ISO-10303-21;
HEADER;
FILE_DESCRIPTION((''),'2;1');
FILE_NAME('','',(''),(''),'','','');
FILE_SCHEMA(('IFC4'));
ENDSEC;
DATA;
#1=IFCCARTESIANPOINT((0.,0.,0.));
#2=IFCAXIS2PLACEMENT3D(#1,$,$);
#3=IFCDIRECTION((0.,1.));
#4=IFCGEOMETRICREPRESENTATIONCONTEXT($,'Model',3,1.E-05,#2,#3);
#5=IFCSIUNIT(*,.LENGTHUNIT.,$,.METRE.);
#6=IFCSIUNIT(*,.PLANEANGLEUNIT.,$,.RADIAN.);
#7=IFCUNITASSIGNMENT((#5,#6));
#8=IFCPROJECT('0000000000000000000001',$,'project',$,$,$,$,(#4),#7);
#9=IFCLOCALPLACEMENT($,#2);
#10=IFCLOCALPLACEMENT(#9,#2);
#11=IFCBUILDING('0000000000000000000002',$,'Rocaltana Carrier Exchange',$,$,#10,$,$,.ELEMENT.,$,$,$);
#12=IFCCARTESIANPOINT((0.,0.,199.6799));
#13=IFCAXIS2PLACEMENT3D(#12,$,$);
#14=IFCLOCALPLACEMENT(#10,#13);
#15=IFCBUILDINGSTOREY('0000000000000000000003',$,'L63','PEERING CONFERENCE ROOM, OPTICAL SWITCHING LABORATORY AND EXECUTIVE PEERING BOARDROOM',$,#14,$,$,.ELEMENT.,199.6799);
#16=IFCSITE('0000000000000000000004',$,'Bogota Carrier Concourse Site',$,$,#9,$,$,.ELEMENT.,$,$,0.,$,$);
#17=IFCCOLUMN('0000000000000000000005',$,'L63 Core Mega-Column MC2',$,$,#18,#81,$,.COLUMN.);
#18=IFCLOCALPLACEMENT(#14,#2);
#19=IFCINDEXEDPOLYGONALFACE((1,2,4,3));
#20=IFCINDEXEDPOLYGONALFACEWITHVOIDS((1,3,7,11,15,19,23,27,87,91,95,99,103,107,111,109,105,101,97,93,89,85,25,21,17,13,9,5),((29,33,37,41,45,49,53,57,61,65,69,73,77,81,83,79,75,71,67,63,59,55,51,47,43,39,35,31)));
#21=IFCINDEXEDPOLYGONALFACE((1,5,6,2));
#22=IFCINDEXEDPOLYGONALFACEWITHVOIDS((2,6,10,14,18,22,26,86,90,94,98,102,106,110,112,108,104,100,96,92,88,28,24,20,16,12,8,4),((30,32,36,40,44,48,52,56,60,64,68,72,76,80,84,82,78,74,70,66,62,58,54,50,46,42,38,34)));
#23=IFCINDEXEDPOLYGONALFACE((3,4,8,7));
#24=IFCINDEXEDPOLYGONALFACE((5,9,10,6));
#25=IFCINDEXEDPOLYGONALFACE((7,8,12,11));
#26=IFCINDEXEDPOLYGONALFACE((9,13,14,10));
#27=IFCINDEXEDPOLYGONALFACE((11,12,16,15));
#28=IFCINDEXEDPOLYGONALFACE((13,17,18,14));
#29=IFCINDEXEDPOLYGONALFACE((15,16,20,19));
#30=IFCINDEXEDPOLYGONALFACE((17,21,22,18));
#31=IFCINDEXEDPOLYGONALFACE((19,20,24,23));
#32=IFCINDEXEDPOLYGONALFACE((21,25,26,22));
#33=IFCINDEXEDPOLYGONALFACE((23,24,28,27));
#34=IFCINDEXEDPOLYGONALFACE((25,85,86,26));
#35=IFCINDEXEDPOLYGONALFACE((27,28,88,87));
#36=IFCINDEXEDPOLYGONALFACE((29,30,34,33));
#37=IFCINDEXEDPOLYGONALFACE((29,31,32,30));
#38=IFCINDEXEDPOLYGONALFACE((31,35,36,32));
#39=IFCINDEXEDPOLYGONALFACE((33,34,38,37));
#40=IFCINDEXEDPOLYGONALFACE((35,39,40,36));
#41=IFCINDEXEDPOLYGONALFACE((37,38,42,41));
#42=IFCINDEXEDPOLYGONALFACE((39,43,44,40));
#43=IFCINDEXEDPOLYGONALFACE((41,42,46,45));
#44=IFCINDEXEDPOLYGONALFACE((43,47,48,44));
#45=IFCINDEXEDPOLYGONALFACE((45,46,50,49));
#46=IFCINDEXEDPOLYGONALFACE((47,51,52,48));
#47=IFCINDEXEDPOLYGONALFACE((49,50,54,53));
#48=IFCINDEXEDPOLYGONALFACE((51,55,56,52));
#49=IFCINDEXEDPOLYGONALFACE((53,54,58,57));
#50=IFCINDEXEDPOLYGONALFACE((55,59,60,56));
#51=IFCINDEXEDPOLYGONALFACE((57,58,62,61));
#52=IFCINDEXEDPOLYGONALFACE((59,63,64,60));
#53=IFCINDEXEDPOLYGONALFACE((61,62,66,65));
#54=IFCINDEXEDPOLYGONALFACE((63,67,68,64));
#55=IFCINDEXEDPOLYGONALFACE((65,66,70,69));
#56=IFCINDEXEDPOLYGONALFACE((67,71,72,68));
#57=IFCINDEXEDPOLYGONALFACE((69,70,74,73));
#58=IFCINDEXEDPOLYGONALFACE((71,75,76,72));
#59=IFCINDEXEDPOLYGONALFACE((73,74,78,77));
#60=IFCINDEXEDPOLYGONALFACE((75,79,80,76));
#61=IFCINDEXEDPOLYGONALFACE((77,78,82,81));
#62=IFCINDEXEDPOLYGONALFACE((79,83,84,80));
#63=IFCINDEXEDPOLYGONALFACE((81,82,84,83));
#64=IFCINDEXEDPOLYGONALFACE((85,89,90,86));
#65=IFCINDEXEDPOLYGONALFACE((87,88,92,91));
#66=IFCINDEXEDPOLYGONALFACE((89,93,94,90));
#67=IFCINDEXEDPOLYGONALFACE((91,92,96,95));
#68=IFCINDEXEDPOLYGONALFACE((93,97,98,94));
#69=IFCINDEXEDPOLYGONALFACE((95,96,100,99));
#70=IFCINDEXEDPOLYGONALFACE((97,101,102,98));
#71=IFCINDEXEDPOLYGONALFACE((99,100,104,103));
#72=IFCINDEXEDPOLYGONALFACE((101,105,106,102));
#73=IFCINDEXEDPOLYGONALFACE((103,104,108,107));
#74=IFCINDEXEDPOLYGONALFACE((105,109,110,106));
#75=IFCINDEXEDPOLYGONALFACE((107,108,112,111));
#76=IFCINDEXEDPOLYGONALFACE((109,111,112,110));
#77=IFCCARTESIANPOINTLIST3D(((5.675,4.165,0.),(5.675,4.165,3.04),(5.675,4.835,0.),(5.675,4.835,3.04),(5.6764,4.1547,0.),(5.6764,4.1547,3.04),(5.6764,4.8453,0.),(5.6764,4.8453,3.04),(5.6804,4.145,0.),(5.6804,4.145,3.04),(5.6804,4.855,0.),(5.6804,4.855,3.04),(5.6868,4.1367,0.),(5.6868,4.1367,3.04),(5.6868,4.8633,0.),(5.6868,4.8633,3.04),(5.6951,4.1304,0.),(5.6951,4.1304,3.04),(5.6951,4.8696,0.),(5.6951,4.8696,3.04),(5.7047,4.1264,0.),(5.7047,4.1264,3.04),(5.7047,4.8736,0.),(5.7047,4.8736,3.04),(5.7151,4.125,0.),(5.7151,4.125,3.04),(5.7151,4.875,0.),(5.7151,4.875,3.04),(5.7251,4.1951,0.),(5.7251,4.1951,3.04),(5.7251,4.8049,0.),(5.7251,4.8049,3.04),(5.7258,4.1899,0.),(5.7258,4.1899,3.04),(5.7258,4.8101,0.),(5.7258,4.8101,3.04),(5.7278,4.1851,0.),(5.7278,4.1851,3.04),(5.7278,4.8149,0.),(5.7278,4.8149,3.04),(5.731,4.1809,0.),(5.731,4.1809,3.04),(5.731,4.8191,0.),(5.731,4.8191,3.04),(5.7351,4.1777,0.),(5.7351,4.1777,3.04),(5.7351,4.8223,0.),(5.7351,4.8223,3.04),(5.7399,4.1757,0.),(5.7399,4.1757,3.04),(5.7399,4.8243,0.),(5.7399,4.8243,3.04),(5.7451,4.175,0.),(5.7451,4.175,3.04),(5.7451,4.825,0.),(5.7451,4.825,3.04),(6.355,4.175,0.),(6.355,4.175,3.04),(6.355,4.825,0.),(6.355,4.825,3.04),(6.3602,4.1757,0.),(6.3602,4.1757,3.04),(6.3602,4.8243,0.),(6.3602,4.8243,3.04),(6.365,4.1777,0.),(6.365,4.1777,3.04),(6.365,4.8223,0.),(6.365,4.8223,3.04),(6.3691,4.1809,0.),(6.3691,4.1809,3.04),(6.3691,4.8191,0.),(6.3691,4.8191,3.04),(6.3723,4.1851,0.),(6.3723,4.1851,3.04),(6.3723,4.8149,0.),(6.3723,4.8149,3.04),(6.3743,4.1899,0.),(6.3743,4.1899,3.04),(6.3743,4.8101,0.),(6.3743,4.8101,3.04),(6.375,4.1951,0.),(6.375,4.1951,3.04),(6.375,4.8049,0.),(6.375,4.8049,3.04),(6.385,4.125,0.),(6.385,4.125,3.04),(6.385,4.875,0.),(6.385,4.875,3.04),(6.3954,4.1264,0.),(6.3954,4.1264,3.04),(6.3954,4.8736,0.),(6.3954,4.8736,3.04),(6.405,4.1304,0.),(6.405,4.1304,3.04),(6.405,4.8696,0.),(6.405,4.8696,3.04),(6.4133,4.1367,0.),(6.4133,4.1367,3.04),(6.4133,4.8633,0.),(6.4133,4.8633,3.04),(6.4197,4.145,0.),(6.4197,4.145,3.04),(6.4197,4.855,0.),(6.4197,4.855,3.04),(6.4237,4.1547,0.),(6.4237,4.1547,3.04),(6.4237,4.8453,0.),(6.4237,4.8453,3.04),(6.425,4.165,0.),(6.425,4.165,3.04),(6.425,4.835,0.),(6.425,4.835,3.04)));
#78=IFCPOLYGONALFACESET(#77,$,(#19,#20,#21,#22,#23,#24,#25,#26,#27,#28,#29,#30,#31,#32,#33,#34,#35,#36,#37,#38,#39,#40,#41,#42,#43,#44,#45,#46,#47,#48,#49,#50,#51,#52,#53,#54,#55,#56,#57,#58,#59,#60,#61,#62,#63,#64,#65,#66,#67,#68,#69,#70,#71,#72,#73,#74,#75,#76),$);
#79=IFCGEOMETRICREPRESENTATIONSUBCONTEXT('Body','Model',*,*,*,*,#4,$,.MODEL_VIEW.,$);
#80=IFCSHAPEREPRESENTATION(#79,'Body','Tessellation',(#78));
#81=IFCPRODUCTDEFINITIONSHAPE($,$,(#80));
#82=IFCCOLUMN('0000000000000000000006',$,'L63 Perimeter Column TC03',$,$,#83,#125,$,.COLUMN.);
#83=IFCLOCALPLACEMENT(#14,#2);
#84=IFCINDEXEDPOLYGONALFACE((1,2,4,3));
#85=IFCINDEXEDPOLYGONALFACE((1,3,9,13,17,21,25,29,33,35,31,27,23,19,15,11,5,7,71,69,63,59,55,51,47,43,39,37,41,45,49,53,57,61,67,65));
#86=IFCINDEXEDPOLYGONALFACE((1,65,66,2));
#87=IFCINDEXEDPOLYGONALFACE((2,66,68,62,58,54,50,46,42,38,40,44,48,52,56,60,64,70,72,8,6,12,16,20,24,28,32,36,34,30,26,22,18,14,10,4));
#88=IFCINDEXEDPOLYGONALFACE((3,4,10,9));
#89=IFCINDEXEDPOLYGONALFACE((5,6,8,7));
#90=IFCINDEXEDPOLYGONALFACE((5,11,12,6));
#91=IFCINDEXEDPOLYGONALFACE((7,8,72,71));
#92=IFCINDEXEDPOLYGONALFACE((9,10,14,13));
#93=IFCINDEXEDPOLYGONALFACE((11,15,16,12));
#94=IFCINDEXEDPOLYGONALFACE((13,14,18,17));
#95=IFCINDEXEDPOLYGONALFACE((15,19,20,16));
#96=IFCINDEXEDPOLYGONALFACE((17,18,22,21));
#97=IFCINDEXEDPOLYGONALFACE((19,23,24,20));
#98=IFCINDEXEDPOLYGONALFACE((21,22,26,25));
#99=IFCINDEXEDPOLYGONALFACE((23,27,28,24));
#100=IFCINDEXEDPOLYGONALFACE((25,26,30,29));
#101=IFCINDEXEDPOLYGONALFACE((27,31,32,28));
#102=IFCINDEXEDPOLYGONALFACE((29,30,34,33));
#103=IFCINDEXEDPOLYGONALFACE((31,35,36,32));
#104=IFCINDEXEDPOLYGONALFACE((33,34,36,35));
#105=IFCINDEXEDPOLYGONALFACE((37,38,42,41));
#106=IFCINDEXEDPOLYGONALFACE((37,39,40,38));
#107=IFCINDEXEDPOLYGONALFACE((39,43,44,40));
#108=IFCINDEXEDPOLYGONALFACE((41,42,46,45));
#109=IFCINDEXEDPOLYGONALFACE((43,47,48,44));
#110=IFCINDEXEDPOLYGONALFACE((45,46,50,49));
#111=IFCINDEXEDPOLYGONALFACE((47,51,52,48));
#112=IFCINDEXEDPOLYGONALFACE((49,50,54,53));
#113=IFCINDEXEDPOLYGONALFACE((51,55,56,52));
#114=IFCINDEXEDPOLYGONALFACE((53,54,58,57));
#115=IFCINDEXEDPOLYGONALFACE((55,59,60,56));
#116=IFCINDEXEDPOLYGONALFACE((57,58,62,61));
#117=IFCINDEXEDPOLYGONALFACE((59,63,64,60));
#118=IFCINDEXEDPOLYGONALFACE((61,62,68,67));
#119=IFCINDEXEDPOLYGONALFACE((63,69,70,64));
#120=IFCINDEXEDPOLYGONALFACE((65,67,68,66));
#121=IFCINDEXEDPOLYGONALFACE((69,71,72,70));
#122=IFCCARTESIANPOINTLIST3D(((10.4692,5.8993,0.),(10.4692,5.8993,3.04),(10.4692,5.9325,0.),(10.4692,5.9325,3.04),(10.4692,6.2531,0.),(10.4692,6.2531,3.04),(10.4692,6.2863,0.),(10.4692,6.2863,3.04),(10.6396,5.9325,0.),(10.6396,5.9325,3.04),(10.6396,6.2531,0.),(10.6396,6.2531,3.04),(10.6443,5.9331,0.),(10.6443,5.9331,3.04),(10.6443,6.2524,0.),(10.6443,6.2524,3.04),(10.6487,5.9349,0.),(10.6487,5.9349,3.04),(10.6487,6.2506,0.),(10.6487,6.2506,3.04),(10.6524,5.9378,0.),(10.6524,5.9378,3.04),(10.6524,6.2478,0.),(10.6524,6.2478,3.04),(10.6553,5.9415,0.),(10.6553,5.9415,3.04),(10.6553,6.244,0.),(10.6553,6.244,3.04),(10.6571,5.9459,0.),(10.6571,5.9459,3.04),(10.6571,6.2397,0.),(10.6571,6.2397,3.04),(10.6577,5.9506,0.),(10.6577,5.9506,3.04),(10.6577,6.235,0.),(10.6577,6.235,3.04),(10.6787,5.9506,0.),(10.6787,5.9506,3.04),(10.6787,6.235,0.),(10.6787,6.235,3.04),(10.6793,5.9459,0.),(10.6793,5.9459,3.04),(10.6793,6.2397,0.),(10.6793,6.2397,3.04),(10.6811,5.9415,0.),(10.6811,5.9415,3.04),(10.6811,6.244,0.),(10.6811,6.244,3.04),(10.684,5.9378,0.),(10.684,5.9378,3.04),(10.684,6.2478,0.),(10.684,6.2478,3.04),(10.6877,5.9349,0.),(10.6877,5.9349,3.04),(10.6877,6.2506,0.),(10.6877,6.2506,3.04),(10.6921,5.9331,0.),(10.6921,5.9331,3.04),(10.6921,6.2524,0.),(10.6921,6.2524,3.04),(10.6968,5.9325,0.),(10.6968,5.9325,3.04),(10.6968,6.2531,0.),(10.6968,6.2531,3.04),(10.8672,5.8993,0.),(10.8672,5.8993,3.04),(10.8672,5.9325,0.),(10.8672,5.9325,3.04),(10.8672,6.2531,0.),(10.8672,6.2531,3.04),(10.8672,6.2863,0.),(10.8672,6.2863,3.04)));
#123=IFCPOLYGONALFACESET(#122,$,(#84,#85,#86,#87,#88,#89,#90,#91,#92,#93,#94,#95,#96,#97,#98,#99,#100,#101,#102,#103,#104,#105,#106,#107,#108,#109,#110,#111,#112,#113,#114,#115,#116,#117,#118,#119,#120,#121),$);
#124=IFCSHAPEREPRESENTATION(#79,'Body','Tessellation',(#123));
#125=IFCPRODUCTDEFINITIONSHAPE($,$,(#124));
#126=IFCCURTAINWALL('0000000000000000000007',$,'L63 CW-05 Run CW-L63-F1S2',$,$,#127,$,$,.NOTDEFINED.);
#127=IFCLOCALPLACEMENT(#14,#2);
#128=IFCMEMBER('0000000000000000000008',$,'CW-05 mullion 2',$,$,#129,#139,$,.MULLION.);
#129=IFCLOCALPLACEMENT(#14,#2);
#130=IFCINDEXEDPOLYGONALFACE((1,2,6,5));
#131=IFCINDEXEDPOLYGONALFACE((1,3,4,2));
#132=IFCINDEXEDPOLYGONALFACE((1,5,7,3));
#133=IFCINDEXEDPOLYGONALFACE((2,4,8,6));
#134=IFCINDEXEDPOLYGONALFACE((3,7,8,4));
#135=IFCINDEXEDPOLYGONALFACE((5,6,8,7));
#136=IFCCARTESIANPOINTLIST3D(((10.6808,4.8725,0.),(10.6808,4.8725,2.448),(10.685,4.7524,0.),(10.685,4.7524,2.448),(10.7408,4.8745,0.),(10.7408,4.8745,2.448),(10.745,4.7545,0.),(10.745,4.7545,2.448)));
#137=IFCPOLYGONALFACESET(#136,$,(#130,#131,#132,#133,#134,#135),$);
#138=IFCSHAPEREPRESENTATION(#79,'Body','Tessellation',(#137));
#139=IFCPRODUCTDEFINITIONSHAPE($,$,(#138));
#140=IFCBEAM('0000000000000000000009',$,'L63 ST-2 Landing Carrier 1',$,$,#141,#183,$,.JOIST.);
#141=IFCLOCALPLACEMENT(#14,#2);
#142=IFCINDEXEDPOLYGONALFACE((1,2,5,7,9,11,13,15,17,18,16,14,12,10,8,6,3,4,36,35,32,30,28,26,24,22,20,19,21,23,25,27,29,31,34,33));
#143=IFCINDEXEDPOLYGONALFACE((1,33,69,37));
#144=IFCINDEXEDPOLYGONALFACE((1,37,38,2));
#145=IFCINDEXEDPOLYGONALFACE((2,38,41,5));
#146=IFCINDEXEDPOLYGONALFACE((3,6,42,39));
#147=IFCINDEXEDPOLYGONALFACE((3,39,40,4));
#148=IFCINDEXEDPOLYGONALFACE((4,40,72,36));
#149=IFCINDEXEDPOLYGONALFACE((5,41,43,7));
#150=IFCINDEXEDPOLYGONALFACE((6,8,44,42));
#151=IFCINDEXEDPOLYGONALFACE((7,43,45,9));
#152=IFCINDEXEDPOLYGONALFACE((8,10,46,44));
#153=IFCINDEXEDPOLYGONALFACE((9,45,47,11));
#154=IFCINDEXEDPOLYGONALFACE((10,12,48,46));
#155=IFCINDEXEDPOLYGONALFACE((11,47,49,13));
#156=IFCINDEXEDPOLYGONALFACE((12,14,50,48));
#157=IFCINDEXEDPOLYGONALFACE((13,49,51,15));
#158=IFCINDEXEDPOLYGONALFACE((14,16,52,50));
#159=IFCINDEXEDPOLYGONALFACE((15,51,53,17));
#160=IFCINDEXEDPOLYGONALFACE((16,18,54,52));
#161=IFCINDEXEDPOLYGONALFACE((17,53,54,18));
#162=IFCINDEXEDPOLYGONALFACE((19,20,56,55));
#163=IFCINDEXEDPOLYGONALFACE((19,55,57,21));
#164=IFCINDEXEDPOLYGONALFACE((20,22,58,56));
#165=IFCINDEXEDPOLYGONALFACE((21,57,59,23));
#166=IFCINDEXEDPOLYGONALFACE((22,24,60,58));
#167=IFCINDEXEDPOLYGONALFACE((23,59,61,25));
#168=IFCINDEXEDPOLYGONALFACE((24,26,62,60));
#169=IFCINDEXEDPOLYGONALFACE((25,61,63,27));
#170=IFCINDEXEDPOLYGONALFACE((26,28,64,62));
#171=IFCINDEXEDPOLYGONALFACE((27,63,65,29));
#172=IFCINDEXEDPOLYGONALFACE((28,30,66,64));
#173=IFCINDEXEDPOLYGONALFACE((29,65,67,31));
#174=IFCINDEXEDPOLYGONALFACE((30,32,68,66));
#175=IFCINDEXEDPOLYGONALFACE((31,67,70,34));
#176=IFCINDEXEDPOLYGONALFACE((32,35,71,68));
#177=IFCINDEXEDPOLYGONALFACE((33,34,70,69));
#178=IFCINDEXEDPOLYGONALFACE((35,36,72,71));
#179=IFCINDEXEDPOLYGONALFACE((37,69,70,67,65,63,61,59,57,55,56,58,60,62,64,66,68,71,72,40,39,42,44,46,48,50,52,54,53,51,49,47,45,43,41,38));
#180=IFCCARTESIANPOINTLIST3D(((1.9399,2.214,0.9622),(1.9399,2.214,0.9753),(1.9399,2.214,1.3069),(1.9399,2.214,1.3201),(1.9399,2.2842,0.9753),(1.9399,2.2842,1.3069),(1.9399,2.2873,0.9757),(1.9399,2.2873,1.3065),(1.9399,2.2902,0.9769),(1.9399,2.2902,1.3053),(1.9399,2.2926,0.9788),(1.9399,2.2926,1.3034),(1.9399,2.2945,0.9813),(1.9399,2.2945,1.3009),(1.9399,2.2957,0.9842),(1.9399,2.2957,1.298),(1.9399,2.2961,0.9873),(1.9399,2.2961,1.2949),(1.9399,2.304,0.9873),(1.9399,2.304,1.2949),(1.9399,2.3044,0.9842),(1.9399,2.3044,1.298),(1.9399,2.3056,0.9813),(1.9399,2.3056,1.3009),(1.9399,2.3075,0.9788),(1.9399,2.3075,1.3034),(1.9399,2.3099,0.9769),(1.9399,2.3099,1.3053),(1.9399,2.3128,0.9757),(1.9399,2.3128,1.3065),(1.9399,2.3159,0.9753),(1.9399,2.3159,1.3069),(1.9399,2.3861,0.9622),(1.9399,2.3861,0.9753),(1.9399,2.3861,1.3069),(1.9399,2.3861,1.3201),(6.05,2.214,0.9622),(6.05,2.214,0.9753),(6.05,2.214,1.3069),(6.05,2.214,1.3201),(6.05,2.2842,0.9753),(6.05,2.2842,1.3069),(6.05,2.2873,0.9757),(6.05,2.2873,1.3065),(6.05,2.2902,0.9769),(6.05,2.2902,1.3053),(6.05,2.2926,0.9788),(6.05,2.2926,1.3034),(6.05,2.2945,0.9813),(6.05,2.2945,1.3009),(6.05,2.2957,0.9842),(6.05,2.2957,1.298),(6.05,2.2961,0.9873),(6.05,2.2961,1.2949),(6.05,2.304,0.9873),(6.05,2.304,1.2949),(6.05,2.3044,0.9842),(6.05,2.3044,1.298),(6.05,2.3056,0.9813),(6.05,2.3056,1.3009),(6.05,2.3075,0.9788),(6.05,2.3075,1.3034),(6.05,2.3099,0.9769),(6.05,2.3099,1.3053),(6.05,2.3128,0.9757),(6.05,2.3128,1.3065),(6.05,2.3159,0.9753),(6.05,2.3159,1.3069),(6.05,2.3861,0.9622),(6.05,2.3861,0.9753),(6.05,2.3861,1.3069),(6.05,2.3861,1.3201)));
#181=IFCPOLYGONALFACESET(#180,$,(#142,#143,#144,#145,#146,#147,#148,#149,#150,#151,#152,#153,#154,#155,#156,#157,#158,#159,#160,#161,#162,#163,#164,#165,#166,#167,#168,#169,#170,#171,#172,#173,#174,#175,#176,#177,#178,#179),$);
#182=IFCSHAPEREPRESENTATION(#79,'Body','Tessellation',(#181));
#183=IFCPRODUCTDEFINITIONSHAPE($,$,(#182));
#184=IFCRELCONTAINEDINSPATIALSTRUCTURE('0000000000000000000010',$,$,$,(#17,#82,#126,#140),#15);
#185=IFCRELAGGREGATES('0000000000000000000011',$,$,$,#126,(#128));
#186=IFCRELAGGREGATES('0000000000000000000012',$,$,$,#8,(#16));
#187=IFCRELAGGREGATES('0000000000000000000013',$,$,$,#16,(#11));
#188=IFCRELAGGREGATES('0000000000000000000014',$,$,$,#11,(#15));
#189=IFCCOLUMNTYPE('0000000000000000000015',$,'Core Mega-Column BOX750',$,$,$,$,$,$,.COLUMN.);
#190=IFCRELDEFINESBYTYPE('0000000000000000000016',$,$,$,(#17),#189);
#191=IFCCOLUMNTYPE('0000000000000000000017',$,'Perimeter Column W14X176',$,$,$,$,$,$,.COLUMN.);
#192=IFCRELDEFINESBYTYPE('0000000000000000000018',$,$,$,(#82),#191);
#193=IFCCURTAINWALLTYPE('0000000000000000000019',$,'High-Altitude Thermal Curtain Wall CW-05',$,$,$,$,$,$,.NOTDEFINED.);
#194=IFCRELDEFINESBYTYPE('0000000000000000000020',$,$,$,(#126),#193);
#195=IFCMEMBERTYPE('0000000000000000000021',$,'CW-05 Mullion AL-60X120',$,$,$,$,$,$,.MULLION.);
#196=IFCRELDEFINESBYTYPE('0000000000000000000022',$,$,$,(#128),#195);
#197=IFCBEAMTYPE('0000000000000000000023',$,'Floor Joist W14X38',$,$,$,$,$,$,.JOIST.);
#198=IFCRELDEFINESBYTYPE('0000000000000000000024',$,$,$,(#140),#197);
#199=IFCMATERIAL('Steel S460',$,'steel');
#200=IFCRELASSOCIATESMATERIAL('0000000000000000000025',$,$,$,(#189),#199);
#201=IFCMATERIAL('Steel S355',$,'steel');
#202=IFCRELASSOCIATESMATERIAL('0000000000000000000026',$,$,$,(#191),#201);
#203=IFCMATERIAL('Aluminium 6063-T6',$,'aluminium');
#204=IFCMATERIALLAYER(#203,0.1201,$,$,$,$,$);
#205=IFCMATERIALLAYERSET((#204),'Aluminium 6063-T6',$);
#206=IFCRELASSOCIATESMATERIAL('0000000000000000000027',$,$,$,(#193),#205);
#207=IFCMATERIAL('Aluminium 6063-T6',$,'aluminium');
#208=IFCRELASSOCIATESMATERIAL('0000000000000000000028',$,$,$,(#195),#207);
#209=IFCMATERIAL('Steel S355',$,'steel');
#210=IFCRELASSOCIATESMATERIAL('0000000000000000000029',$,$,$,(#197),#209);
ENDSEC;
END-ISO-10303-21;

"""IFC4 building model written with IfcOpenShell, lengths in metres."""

from ifc_helpers import new_model, si_unit, direction, frame, origin, origin_2d, place, context, subcontext, project, spatial, rectangle, hollow_rectangle, i_section, extrude, material, layer, layer_set, material_profile, profile_set, type_object, element, aggregate, save


model = new_model("IFC4")

# Units and contexts
model_context = context("Model", 3, precision=1e-05, world=origin(), true_north=direction((0.0, 1.0)))
body_context = subcontext(model_context, "Body", "Model", "MODEL_VIEW")
ifc_project = project(units=[si_unit("LENGTHUNIT", "METRE"), si_unit("PLANEANGLEUNIT", "RADIAN")], contexts=[model_context])

# Site, building, storey
site_placement = place(None, origin())
site = spatial("IfcSite", under=ifc_project, at=site_placement, Name="Bogota Carrier Concourse Site", CompositionType="ELEMENT", RefElevation=0.0)
building_placement = place(site_placement, origin())
building = spatial("IfcBuilding", under=site, at=building_placement, Name="Rocaltana Carrier Exchange", CompositionType="ELEMENT")
storey_placement = place(building_placement, frame((0.0, 0.0, 199.6799)))
storey = spatial("IfcBuildingStorey", under=building, at=storey_placement, Name="L63", Description="PEERING CONFERENCE ROOM, OPTICAL SWITCHING LABORATORY AND EXECUTIVE PEERING BOARDROOM", CompositionType="ELEMENT", Elevation=199.6799)

# Columns
ifc_material_1 = material(Name="Steel S460", Category="steel")
ifc_material_profile_1 = material_profile(ifc_material_1, hollow_rectangle(XDim=0.75, YDim=0.75, WallThickness=0.05, InnerFilletRadius=0.02, OuterFilletRadius=0.04, at=origin_2d()), Name="BOX750X750X50")
ifc_profile_set_1 = profile_set([ifc_material_profile_1], Name="Steel S460")
column_type_1 = type_object("IfcColumnType", Name="Core Mega-Column BOX750", PredefinedType="COLUMN", material=ifc_profile_set_1)
column_1_placement = place(storey_placement, frame((6.05, 4.5, 0.0), z_axis=(0.0, 0.0, 1.0), x_axis=(1.0, 0.0, 0.0)))
element("IfcColumn", 1, at=column_1_placement, inside=storey, type_object=column_type_1, Name="L63 Core Mega-Column MC2", PredefinedType="COLUMN", context=body_context, shape_type="SweptSolid", body=[
    extrude(hollow_rectangle(XDim=0.75, YDim=0.75, WallThickness=0.05, InnerFilletRadius=0.02, OuterFilletRadius=0.04, at=origin_2d()), origin(), (0.0, 0.0, 1.0), 3.04),
])
ifc_material_2 = material(Name="Steel S355", Category="steel")
ifc_material_profile_2 = material_profile(ifc_material_2, i_section(OverallWidth=0.3979, OverallDepth=0.387, WebThickness=0.021, FlangeThickness=0.0332, FilletRadius=0.0181, at=origin_2d()), Name="W14X176")
ifc_profile_set_2 = profile_set([ifc_material_profile_2], Name="Steel S355")
column_type_2 = type_object("IfcColumnType", Name="Perimeter Column W14X176", PredefinedType="COLUMN", material=ifc_profile_set_2)
column_2_placement = place(storey_placement, frame((10.6682, 6.0928, 0.0), z_axis=(0.0, 0.0, 1.0), x_axis=(1.0, 0.0, 0.0)))
element("IfcColumn", 2, at=column_2_placement, inside=storey, type_object=column_type_2, Name="L63 Perimeter Column TC03", PredefinedType="COLUMN", context=body_context, shape_type="SweptSolid", body=[
    extrude(i_section(OverallWidth=0.3979, OverallDepth=0.387, WebThickness=0.021, FlangeThickness=0.0332, FilletRadius=0.0181, at=origin_2d()), origin(), (0.0, 0.0, 1.0), 3.04),
])

# Curtain wall, member
ifc_material_3 = material(Name="Aluminium 6063-T6", Category="aluminium")
ifc_layer_1 = layer(ifc_material_3, 0.1201)
ifc_layer_set_1 = layer_set([ifc_layer_1], Name="Aluminium 6063-T6")
curtain_wall_type = type_object("IfcCurtainWallType", Name="High-Altitude Thermal Curtain Wall CW-05", PredefinedType="NOTDEFINED", material=ifc_layer_set_1)
curtain_wall_placement = place(storey_placement, origin())
curtain_wall = element("IfcCurtainWall", 3, at=curtain_wall_placement, inside=storey, type_object=curtain_wall_type, Name="L63 CW-05 Run CW-L63-F1S2", PredefinedType="NOTDEFINED")
ifc_material_4 = material(Name="Aluminium 6063-T6", Category="aluminium")
ifc_material_profile_3 = material_profile(ifc_material_4, rectangle(XDim=0.0601, YDim=0.1201, at=origin_2d()), Name="AL-60X120")
ifc_profile_set_3 = profile_set([ifc_material_profile_3], Name="Aluminium 6063-T6")
member_type = type_object("IfcMemberType", Name="CW-05 Mullion AL-60X120", PredefinedType="MULLION", material=ifc_profile_set_3)
member_placement = place(storey_placement, frame((10.7129, 4.8135, 0.0), z_axis=(0.0, 0.0, 1.0), x_axis=(-0.999391, -0.034903, 0.0)))
member = element("IfcMember", 4, at=member_placement, type_object=member_type, Name="CW-05 mullion 2", PredefinedType="MULLION", context=body_context, shape_type="SweptSolid", body=[
    extrude(rectangle(XDim=0.0601, YDim=0.1201, at=origin_2d()), origin(), (0.0, 0.0, 1.0), 2.448),
])

# Beam
ifc_material_5 = material(Name="Steel S355", Category="steel")
ifc_material_profile_4 = material_profile(ifc_material_5, i_section(OverallWidth=0.1721, OverallDepth=0.3579, WebThickness=0.0078, FlangeThickness=0.0132, FilletRadius=0.012, at=origin_2d()), Name="W14X38")
ifc_profile_set_4 = profile_set([ifc_material_profile_4], Name="Steel S355")
beam_type_1 = type_object("IfcBeamType", Name="Floor Joist W14X38", PredefinedType="JOIST", material=ifc_profile_set_4)
for number, where, z_axis, x_axis, name in (
    (5, (1.9399, 2.3, 1.1411), (1.0, 0.0, 0.0), (0.0, 1.0, 0.0), "L63 ST-2 Landing Carrier 1"),
):
    element("IfcBeam", number, at=place(storey_placement, frame(where, z_axis=z_axis, x_axis=x_axis)), inside=storey, type_object=beam_type_1, Name=name, PredefinedType="JOIST", context=body_context, shape_type="SweptSolid", body=[
        extrude(i_section(OverallWidth=0.1721, OverallDepth=0.3579, WebThickness=0.0078, FlangeThickness=0.0132, FilletRadius=0.012, at=origin_2d()), origin(), (0.0, 0.0, 1.0), 4.1101),
    ])

aggregate(curtain_wall, [member])

save(model, "model.ifc")
